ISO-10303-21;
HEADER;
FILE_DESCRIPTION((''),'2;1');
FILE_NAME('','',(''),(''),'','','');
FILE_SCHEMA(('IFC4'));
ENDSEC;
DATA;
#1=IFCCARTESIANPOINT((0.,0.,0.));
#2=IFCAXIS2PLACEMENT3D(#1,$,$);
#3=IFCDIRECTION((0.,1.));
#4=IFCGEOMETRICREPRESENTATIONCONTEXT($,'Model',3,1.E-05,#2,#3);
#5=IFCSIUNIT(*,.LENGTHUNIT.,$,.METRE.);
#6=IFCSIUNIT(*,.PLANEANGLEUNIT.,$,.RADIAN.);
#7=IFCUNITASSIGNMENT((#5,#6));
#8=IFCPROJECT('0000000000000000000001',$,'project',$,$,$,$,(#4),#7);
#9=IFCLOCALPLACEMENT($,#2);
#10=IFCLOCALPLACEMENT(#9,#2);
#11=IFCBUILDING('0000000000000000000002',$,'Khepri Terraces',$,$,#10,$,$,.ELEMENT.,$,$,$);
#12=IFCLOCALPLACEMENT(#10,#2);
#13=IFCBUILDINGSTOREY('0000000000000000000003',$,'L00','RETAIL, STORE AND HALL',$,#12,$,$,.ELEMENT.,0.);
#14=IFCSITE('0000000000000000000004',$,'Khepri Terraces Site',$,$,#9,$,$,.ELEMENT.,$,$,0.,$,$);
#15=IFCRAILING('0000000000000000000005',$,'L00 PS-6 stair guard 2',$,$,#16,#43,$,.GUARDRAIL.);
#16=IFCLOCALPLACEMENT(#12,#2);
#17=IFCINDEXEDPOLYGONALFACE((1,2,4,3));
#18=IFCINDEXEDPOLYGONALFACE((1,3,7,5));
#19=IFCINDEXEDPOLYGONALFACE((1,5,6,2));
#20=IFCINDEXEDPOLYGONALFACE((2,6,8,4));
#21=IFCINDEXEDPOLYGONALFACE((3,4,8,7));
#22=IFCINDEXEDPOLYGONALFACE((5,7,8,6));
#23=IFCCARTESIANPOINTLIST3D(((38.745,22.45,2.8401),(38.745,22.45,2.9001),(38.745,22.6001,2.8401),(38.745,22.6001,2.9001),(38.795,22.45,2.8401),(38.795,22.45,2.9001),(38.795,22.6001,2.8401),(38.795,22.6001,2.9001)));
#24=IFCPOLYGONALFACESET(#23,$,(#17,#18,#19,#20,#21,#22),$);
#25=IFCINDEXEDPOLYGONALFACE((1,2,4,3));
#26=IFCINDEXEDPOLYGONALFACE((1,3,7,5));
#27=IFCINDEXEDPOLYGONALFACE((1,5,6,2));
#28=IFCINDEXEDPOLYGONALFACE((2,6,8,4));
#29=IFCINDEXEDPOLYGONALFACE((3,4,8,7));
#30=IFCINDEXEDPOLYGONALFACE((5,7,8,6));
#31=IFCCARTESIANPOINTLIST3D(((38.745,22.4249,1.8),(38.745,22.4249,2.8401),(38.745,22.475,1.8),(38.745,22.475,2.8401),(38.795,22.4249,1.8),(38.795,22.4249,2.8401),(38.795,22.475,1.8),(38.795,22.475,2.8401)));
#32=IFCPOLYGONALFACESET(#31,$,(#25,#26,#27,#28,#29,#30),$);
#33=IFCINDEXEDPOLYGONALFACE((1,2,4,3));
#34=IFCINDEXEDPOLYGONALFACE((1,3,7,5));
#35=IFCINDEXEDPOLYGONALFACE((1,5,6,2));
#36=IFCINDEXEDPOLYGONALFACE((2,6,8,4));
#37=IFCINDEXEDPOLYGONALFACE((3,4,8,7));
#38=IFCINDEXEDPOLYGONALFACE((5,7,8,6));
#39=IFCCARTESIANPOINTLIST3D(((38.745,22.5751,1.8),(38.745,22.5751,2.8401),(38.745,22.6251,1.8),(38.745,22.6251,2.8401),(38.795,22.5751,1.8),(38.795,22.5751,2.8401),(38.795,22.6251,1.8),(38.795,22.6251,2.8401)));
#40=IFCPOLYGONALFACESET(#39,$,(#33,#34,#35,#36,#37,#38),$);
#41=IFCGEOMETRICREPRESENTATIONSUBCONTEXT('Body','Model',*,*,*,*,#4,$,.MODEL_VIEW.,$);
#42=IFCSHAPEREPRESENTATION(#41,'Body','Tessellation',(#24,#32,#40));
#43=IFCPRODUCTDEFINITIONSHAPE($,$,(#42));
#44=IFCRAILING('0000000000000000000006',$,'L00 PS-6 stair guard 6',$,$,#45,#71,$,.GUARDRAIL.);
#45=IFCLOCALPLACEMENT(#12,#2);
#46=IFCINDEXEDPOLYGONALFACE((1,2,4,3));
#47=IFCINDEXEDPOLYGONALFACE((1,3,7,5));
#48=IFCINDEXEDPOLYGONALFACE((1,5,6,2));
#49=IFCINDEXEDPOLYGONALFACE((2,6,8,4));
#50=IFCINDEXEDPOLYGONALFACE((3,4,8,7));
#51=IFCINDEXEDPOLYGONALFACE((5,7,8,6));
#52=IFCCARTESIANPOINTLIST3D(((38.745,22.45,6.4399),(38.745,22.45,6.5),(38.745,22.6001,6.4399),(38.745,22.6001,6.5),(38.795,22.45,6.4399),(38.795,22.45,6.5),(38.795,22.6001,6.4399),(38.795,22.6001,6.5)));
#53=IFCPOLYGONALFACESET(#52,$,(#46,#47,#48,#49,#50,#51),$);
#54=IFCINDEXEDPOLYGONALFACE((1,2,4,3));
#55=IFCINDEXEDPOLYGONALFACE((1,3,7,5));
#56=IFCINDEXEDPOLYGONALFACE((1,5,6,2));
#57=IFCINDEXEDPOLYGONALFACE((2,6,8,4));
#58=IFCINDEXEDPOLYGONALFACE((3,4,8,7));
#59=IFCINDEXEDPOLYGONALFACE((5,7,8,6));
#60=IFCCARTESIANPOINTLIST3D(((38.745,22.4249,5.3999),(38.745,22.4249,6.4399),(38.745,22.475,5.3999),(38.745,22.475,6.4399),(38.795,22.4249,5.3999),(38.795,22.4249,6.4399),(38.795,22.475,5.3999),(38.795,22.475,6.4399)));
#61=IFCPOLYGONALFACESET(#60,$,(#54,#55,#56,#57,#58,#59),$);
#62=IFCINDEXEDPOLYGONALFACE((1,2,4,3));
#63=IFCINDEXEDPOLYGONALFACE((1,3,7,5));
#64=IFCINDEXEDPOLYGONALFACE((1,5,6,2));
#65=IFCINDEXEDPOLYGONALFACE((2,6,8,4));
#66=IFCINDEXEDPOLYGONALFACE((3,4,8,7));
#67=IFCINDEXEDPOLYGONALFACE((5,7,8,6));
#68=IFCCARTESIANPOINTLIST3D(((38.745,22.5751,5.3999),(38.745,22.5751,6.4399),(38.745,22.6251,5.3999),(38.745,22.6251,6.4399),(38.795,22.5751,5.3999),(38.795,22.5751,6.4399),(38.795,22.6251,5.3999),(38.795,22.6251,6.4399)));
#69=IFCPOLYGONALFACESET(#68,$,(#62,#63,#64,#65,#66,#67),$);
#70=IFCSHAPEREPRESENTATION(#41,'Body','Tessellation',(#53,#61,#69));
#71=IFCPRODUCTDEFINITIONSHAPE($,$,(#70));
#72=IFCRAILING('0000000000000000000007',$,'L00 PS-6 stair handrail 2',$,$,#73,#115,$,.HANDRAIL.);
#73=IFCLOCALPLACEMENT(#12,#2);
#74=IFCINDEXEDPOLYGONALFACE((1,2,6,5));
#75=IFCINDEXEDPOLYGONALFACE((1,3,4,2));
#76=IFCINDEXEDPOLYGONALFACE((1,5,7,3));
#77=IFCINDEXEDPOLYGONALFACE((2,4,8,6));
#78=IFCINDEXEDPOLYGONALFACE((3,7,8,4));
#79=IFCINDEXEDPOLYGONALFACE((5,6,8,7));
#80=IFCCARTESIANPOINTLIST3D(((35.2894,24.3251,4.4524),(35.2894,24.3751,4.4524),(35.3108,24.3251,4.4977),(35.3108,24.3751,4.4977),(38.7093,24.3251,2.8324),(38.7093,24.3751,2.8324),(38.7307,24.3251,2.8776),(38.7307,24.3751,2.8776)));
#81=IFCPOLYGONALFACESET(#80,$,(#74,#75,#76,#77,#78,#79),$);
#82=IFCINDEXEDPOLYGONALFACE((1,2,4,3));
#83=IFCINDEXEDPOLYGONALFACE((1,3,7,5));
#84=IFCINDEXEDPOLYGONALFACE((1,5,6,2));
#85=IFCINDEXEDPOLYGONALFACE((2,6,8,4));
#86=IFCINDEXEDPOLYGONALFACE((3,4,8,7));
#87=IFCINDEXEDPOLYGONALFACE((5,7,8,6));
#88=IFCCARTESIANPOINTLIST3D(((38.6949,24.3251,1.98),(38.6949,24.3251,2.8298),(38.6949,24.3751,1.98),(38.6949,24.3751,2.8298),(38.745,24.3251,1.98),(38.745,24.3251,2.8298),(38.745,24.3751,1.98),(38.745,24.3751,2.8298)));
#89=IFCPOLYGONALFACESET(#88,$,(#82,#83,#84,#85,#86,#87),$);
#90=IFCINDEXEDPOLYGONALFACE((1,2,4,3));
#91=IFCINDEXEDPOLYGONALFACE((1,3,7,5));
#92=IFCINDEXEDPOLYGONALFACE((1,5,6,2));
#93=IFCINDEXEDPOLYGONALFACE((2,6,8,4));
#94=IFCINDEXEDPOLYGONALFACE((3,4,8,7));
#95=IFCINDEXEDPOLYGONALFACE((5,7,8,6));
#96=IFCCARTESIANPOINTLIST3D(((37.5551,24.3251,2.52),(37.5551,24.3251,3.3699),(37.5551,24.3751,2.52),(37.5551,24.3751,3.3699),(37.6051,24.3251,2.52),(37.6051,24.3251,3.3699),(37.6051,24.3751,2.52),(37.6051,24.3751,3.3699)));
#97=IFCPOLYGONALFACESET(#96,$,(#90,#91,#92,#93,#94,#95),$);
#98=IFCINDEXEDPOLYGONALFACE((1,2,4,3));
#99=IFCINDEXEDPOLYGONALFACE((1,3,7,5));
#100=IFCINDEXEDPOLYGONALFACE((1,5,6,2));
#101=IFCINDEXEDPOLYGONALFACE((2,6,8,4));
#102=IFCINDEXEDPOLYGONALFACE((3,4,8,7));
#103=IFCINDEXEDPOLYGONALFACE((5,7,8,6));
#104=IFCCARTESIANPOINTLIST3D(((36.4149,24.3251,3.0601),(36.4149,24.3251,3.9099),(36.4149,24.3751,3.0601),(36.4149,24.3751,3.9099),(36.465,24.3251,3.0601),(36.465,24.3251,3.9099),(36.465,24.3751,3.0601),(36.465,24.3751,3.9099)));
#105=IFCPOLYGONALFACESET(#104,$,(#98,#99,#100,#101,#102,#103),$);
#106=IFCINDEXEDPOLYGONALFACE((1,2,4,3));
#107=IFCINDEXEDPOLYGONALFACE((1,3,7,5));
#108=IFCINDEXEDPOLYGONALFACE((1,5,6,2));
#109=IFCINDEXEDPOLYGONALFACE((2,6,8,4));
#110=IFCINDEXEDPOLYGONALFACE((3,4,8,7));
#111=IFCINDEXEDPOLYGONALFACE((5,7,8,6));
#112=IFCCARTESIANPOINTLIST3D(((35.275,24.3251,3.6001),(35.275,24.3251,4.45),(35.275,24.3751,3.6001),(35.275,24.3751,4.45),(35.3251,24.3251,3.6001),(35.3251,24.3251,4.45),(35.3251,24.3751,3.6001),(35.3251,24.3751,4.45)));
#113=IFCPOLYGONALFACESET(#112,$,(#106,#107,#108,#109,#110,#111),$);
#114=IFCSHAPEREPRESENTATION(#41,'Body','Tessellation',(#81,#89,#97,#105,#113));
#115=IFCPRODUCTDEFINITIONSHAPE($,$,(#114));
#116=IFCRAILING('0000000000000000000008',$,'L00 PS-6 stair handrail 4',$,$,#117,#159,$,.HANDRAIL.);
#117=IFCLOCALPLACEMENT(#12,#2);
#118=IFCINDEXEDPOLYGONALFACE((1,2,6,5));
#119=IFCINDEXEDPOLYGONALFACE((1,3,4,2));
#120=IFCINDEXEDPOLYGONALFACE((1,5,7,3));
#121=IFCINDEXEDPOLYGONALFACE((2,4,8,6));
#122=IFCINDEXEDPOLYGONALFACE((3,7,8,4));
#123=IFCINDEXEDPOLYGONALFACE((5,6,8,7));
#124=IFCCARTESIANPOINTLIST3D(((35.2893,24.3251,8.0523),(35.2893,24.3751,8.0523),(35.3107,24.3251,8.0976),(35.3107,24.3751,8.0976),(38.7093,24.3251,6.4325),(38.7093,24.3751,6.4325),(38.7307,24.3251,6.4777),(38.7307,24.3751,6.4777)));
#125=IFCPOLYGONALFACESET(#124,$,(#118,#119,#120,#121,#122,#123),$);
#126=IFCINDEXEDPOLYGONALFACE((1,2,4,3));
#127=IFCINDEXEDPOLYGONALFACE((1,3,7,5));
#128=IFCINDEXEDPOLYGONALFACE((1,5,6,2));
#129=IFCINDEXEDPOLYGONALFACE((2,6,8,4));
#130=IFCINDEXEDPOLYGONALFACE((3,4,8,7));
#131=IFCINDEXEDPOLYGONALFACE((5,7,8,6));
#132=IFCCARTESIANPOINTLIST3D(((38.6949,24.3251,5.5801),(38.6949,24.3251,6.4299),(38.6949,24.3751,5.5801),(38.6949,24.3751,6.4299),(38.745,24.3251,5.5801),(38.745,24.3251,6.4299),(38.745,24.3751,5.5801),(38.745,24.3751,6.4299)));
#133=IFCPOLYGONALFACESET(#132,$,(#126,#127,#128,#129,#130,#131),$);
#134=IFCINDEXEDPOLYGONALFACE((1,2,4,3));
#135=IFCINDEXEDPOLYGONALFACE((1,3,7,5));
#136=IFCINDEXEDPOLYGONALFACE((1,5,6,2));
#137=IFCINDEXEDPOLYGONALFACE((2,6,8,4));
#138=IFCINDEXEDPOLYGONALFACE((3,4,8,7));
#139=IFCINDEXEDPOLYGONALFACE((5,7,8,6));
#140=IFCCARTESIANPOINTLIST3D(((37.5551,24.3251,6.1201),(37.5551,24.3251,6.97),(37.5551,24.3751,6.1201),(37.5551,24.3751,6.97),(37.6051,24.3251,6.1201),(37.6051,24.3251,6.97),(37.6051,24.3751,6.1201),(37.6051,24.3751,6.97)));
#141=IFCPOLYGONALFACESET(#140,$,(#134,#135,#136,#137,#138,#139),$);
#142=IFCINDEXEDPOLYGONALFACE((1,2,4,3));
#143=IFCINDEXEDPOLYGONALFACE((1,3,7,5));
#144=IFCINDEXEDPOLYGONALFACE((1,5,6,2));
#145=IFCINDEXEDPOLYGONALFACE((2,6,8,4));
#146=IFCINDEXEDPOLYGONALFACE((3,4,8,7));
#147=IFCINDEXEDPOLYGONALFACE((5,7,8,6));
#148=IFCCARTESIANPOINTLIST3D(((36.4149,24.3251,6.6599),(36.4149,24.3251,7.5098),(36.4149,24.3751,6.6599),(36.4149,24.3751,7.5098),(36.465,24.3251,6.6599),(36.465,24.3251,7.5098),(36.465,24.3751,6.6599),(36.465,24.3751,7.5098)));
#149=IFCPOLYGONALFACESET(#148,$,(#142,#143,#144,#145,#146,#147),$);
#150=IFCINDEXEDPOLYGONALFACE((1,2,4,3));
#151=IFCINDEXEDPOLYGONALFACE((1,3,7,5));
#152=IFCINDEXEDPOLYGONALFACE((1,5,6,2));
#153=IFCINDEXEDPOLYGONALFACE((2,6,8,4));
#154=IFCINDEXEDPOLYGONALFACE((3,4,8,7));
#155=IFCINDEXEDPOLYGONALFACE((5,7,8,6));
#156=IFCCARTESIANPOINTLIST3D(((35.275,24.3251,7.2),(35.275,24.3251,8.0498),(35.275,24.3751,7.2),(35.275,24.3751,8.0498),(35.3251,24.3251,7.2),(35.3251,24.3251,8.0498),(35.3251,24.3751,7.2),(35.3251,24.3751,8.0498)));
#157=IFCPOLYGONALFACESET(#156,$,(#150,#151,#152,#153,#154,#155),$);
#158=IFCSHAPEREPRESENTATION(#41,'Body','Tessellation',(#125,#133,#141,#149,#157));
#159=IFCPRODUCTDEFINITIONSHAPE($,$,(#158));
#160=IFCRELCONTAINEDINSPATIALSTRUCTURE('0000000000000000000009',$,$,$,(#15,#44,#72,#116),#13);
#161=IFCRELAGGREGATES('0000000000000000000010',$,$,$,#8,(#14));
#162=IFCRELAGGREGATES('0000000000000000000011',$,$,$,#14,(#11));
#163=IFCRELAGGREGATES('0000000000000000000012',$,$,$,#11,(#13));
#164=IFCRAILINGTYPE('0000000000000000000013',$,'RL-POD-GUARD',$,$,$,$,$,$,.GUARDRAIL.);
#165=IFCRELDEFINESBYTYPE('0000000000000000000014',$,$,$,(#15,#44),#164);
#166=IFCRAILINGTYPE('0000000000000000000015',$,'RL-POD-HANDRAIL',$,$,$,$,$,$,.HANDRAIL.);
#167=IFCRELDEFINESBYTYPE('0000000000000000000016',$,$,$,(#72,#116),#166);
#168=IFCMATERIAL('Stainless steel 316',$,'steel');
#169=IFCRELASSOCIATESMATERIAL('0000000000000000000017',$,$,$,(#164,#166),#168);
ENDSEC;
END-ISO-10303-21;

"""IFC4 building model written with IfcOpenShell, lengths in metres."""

from ifc_helpers import new_model, si_unit, direction, frame, origin, origin_2d, place, context, subcontext, project, spatial, rectangle, extrude, material, type_object, element, save


model = new_model("IFC4")

# Units and contexts
model_context = context("Model", 3, precision=1e-05, world=origin(), true_north=direction((0.0, 1.0)))
body_context = subcontext(model_context, "Body", "Model", "MODEL_VIEW")
ifc_project = project(units=[si_unit("LENGTHUNIT", "METRE"), si_unit("PLANEANGLEUNIT", "RADIAN")], contexts=[model_context])

# Site, building, storey
site_placement = place(None, origin())
site = spatial("IfcSite", under=ifc_project, at=site_placement, Name="Khepri Terraces Site", CompositionType="ELEMENT", RefElevation=0.0)
building_placement = place(site_placement, origin())
building = spatial("IfcBuilding", under=site, at=building_placement, Name="Khepri Terraces", CompositionType="ELEMENT")
storey_placement = place(building_placement, origin())
storey = spatial("IfcBuildingStorey", under=building, at=storey_placement, Name="L00", Description="RETAIL, STORE AND HALL", CompositionType="ELEMENT", Elevation=0.0)

# Railings
ifc_material_1 = material(Name="Stainless steel 316", Category="steel")
railing_type_1 = type_object("IfcRailingType", Name="RL-POD-GUARD", PredefinedType="GUARDRAIL", material=ifc_material_1)
for number, where, name in (
    (1, (38.77, 22.45, 1.8), "L00 PS-6 stair guard 2"),
    (2, (38.77, 22.45, 5.3999), "L00 PS-6 stair guard 6"),
):
    element("IfcRailing", number, at=place(storey_placement, frame(where)), inside=storey, type_object=railing_type_1, Name=name, PredefinedType="GUARDRAIL", context=body_context, shape_type="SweptSolid", body=[
        extrude(rectangle(XDim=0.05, YDim=0.0601, at=origin_2d()), frame((0.0, 0.0, 1.0701), z_axis=(0.0, 1.0, 0.0), x_axis=(-1.0, 0.0, 0.0)), (0.0, 0.0, 1.0), 0.1501),
        extrude(rectangle(XDim=0.05, YDim=0.05, at=origin_2d()), origin(), (0.0, 0.0, 1.0), 1.04),
        extrude(rectangle(XDim=0.05, YDim=0.05, at=origin_2d()), frame((0.0, 0.1501, 0.0)), (0.0, 0.0, 1.0), 1.04),
    ])
railing_type_2 = type_object("IfcRailingType", Name="RL-POD-HANDRAIL", PredefinedType="HANDRAIL", material=ifc_material_1)
railing_1_placement = place(storey_placement, frame((38.72, 24.3501, 1.98)))
element("IfcRailing", 3, at=railing_1_placement, inside=storey, type_object=railing_type_2, Name="L00 PS-6 stair handrail 2", PredefinedType="HANDRAIL", context=body_context, shape_type="SweptSolid", body=[
    extrude(rectangle(XDim=0.05, YDim=0.05, at=origin_2d()), frame((0.0, 0.0, 0.875), z_axis=(-0.903722, 0.0, 0.42812), x_axis=(0.0, -1.0, 0.0)), (0.0, 0.0, 1.0), 3.7842),
    extrude(rectangle(XDim=0.05, YDim=0.05, at=origin_2d()), origin(), (0.0, 0.0, 1.0), 0.8499),
    extrude(rectangle(XDim=0.05, YDim=0.05, at=origin_2d()), frame((-1.1399, 0.0, 0.54)), (0.0, 0.0, 1.0), 0.8499),
    extrude(rectangle(XDim=0.05, YDim=0.05, at=origin_2d()), frame((-2.28, 0.0, 1.0801)), (0.0, 0.0, 1.0), 0.8499),
    extrude(rectangle(XDim=0.05, YDim=0.05, at=origin_2d()), frame((-3.4199, 0.0, 1.6201)), (0.0, 0.0, 1.0), 0.8499),
])
railing_2_placement = place(storey_placement, frame((38.72, 24.3501, 5.5801)))
element("IfcRailing", 4, at=railing_2_placement, inside=storey, type_object=railing_type_2, Name="L00 PS-6 stair handrail 4", PredefinedType="HANDRAIL", context=body_context, shape_type="SweptSolid", body=[
    extrude(rectangle(XDim=0.05, YDim=0.05, at=origin_2d()), frame((0.0, 0.0, 0.875), z_axis=(-0.903747, 0.0, 0.428067), x_axis=(0.0, -1.0, 0.0)), (0.0, 0.0, 1.0), 3.7842),
    extrude(rectangle(XDim=0.05, YDim=0.05, at=origin_2d()), origin(), (0.0, 0.0, 1.0), 0.8499),
    extrude(rectangle(XDim=0.05, YDim=0.05, at=origin_2d()), frame((-1.1399, 0.0, 0.54)), (0.0, 0.0, 1.0), 0.8499),
    extrude(rectangle(XDim=0.05, YDim=0.05, at=origin_2d()), frame((-2.28, 0.0, 1.0798)), (0.0, 0.0, 1.0), 0.8499),
    extrude(rectangle(XDim=0.05, YDim=0.05, at=origin_2d()), frame((-3.4199, 0.0, 1.6199)), (0.0, 0.0, 1.0), 0.8499),
])

save(model, "model.ifc")
